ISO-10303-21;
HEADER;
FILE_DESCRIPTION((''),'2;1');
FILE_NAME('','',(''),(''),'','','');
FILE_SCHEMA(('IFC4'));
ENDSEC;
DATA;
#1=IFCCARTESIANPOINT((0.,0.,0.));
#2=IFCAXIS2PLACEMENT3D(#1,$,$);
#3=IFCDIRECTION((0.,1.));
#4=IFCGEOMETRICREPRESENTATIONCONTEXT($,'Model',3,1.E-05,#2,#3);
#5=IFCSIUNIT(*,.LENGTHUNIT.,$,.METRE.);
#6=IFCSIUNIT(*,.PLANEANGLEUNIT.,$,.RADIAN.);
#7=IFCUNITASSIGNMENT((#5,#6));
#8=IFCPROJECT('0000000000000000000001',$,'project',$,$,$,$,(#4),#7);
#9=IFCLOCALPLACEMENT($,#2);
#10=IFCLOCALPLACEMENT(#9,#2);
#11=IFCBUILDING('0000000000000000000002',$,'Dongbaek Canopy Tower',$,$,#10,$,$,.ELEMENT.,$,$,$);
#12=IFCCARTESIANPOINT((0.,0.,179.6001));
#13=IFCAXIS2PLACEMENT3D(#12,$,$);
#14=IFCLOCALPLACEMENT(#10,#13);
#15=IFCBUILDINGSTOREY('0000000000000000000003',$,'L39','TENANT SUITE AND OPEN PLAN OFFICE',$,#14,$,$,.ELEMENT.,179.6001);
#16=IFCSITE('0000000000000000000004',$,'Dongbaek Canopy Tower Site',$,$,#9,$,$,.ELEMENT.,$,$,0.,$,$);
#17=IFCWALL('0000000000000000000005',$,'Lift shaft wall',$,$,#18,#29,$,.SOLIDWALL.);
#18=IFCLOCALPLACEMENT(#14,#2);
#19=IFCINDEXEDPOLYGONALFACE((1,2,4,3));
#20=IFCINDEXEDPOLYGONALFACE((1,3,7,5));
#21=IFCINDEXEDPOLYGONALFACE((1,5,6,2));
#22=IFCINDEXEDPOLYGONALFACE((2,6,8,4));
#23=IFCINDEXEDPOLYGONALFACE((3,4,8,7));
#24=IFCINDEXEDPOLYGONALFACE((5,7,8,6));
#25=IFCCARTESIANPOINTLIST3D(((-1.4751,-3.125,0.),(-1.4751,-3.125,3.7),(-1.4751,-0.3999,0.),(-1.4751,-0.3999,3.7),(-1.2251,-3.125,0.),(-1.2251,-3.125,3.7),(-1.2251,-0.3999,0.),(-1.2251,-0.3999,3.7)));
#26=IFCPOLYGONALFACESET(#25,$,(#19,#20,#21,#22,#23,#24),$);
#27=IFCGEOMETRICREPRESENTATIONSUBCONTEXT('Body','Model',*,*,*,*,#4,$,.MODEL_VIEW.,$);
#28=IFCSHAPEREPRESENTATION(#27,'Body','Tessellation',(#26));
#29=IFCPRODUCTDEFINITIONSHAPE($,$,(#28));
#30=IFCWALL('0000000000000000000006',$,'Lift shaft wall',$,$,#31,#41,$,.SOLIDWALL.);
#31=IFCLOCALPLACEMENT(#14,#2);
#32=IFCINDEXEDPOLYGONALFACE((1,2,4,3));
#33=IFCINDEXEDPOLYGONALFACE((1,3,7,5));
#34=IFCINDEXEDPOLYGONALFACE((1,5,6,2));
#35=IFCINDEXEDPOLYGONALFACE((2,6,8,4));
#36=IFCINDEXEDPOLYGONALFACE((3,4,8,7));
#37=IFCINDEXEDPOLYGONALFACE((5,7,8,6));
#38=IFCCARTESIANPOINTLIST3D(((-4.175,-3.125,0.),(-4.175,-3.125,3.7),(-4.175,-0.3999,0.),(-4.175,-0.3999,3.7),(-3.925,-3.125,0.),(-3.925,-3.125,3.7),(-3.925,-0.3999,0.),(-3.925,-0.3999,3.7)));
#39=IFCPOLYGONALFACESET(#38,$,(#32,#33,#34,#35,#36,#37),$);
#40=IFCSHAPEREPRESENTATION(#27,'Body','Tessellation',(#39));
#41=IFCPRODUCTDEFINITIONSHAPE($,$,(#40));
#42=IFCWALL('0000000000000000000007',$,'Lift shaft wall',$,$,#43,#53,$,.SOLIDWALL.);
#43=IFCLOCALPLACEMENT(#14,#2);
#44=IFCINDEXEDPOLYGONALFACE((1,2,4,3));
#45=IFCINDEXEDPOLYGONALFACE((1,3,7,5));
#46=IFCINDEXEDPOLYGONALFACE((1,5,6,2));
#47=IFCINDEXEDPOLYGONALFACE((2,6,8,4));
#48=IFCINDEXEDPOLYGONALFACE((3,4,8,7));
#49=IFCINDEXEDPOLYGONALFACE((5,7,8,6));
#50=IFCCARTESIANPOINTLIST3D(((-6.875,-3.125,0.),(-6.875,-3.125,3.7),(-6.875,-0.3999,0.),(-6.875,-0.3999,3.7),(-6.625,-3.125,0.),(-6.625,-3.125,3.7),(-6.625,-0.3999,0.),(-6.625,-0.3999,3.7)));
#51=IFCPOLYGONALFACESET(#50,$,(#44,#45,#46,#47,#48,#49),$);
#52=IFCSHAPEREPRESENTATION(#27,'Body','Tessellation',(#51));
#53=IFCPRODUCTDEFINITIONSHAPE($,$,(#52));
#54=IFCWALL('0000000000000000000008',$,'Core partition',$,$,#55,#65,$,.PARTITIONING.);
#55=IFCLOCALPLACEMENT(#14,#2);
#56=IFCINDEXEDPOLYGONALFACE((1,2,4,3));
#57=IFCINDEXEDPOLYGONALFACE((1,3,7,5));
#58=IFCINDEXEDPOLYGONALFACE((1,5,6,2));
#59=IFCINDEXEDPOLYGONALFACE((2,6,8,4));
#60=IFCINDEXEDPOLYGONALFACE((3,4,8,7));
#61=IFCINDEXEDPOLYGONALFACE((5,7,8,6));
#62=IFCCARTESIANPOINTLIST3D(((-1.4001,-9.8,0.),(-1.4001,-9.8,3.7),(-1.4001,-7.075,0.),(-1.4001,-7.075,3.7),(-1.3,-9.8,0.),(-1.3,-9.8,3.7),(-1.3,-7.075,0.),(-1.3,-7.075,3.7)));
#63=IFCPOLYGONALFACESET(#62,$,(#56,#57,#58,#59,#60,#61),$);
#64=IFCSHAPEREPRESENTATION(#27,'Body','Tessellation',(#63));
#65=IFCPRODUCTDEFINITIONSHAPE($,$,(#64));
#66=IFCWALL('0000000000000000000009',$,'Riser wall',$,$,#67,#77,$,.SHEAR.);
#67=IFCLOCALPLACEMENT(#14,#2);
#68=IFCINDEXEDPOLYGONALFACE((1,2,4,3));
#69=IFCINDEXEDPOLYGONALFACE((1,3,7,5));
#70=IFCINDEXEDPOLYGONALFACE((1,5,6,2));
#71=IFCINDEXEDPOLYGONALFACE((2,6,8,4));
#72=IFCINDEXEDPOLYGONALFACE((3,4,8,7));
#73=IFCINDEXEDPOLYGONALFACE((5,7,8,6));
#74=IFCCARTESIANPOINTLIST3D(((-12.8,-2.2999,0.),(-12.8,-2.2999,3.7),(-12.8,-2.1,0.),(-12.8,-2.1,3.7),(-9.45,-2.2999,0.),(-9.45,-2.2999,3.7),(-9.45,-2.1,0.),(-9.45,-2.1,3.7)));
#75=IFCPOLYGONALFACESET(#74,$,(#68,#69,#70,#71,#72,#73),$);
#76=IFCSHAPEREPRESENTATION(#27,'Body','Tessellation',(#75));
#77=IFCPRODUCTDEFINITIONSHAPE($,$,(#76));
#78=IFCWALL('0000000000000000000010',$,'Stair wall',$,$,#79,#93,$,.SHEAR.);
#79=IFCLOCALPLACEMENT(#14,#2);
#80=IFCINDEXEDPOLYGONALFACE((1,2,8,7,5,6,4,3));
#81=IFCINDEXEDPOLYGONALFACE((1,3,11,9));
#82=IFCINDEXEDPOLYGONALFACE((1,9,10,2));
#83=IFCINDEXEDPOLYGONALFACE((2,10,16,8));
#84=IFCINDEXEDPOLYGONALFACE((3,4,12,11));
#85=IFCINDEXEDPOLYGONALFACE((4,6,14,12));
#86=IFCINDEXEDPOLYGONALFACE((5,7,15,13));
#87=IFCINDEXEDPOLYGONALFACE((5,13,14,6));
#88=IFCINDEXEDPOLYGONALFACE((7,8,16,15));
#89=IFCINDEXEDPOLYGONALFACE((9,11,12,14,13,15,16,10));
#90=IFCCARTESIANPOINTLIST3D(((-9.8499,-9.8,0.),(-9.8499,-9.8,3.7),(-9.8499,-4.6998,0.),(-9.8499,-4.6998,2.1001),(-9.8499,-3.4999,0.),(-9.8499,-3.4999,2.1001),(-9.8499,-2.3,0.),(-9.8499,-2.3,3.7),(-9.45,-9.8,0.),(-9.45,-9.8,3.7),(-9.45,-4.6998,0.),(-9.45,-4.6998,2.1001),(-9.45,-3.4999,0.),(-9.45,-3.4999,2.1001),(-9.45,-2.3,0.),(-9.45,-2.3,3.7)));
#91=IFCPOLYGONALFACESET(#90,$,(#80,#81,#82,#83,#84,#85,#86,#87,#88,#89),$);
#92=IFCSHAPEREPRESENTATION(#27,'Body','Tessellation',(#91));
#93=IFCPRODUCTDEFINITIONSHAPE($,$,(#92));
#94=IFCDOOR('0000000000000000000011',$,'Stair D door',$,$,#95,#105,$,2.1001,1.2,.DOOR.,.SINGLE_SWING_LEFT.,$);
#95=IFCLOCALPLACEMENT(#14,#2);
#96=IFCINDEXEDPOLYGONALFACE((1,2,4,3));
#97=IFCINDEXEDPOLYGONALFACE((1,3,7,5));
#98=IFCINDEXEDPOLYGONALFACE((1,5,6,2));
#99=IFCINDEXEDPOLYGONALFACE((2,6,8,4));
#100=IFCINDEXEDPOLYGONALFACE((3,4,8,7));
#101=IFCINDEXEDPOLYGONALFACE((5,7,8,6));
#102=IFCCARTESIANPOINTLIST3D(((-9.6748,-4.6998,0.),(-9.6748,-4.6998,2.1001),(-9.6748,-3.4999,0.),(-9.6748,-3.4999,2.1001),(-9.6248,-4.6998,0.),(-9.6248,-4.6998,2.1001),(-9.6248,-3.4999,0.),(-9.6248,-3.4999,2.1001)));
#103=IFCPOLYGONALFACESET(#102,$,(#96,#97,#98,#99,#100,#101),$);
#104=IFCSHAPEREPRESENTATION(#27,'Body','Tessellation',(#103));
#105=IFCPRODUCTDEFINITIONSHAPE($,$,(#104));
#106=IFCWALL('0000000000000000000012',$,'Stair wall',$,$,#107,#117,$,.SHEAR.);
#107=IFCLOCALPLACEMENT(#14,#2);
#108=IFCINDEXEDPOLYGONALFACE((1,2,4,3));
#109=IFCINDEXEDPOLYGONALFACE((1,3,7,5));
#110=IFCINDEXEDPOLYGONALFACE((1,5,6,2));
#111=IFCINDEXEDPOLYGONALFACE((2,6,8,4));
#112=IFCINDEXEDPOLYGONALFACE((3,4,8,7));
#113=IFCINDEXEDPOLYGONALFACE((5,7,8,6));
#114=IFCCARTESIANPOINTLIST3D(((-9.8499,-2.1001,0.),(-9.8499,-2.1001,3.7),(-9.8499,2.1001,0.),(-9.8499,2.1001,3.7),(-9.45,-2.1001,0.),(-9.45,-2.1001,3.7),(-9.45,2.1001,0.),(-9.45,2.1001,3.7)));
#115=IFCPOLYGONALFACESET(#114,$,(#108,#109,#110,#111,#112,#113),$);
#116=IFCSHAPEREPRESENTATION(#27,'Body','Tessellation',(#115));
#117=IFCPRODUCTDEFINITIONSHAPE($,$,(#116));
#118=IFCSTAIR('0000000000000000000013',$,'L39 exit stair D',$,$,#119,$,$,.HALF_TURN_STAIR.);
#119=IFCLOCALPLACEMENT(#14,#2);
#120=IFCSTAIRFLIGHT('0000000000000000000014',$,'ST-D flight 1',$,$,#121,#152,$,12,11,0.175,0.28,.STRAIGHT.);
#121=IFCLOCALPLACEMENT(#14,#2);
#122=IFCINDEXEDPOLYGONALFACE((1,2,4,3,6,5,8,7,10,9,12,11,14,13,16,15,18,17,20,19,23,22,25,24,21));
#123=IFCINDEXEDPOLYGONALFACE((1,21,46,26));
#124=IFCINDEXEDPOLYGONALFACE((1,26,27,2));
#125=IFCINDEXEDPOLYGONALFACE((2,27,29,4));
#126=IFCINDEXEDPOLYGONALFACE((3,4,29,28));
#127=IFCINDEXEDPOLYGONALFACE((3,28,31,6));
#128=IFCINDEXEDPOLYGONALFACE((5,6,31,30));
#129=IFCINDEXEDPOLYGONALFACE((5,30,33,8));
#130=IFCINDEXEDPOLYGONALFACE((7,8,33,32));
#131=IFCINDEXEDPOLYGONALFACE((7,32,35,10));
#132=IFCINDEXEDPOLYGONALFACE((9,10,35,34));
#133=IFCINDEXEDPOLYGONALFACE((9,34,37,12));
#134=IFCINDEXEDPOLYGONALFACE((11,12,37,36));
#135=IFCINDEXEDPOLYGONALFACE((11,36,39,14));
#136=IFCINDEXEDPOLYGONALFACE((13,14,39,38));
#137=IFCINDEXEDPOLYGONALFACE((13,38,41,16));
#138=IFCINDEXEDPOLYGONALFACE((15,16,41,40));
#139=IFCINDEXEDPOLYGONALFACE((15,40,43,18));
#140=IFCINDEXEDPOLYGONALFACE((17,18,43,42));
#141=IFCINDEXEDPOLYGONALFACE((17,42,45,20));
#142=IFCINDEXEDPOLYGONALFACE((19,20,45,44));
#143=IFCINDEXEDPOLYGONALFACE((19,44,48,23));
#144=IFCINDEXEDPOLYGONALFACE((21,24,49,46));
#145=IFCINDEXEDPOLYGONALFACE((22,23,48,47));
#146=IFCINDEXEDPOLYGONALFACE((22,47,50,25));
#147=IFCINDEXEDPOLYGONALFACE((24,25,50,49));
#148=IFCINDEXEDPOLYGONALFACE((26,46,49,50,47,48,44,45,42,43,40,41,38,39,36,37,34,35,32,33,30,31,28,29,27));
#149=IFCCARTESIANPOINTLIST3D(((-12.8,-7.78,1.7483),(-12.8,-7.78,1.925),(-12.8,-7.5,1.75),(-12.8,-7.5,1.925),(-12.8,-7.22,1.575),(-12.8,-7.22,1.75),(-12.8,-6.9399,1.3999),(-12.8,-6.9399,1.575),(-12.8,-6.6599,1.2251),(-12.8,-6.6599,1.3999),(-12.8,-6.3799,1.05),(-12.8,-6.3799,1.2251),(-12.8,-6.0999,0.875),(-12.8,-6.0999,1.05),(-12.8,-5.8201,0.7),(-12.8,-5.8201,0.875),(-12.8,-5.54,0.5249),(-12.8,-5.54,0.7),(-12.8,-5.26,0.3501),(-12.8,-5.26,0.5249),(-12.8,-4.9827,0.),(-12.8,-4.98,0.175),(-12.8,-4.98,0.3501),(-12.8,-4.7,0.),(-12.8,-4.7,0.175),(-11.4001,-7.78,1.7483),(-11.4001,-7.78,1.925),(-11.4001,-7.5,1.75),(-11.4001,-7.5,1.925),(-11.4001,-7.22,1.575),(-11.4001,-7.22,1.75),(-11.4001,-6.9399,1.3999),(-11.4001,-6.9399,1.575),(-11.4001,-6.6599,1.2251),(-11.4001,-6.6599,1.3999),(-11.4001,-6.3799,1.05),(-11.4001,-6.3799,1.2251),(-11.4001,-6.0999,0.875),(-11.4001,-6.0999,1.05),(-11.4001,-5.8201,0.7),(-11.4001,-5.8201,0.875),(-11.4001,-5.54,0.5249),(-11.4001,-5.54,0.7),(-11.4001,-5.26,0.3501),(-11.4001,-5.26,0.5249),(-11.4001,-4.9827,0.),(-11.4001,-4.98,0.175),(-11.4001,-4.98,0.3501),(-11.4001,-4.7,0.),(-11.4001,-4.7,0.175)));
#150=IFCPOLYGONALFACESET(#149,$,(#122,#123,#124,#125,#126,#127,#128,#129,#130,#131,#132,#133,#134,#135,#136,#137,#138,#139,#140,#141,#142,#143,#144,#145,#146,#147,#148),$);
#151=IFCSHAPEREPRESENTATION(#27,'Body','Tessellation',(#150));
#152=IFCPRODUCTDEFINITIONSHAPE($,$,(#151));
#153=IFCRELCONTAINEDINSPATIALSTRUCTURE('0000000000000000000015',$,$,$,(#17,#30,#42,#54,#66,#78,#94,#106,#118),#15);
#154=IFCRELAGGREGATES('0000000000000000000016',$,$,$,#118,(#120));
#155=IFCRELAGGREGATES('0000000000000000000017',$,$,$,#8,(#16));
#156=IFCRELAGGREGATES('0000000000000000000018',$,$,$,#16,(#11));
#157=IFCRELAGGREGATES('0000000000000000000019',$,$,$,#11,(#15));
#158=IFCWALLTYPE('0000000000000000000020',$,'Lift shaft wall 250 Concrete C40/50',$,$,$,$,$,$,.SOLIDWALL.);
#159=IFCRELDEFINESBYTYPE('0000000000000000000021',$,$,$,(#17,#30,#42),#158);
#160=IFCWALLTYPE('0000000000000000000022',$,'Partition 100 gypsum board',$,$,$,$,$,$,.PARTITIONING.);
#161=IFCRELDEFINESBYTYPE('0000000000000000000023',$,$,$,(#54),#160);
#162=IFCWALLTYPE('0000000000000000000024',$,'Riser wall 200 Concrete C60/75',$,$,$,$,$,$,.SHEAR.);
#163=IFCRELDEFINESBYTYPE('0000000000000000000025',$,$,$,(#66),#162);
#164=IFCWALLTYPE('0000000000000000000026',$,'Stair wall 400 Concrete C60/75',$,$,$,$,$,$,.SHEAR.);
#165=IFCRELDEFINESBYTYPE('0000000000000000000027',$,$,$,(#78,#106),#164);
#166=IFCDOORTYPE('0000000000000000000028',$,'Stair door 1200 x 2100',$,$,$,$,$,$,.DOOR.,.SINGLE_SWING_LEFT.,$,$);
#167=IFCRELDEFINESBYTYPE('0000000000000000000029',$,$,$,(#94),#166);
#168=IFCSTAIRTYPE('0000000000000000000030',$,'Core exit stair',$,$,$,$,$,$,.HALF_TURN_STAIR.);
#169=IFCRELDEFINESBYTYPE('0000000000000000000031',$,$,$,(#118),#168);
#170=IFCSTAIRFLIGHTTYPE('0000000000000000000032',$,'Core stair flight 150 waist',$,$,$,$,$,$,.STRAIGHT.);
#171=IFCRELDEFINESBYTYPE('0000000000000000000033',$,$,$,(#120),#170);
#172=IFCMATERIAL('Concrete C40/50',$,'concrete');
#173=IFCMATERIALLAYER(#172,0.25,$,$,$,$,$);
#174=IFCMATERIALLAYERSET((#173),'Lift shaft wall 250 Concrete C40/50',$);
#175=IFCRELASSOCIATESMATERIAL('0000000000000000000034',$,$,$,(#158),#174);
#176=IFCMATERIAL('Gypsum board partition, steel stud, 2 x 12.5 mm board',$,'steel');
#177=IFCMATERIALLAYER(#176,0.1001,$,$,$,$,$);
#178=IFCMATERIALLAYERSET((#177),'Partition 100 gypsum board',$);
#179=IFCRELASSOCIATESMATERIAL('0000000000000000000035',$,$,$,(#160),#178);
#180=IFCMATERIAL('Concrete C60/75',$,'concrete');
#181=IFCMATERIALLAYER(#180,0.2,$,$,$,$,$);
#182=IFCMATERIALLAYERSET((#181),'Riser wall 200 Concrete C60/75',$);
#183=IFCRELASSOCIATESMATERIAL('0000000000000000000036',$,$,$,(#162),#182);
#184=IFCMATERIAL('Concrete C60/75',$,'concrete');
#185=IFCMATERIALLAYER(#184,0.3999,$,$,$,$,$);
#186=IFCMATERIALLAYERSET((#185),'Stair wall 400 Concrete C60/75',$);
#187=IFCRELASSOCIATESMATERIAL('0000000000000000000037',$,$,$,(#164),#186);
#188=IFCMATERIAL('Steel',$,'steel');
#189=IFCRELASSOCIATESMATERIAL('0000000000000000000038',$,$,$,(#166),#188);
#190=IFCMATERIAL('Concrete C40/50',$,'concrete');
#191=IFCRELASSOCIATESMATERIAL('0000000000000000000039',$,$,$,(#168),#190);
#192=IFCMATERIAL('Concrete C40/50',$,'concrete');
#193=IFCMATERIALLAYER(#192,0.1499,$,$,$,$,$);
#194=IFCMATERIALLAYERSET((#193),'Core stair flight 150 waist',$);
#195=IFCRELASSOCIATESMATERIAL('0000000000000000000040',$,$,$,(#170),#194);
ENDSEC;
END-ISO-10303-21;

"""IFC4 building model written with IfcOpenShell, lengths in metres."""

from ifc_helpers import new_model, si_unit, direction, frame, frame_2d, origin, place, context, subcontext, project, spatial, polyline, rectangle, outline, extrude, material, layer, layer_set, type_object, element, fill, aggregate, save


model = new_model("IFC4")

# Units and contexts
model_context = context("Model", 3, precision=1e-05, world=origin(), true_north=direction((0.0, 1.0)))
body_context = subcontext(model_context, "Body", "Model", "MODEL_VIEW")
ifc_project = project(units=[si_unit("LENGTHUNIT", "METRE"), si_unit("PLANEANGLEUNIT", "RADIAN")], contexts=[model_context])

# Site, building, storey
site_placement = place(None, origin())
site = spatial("IfcSite", under=ifc_project, at=site_placement, Name="Dongbaek Canopy Tower Site", CompositionType="ELEMENT", RefElevation=0.0)
building_placement = place(site_placement, origin())
building = spatial("IfcBuilding", under=site, at=building_placement, Name="Dongbaek Canopy Tower", CompositionType="ELEMENT")
storey_placement = place(building_placement, frame((0.0, 0.0, 179.6001)))
storey = spatial("IfcBuildingStorey", under=building, at=storey_placement, Name="L39", Description="TENANT SUITE AND OPEN PLAN OFFICE", CompositionType="ELEMENT", Elevation=179.6001)

# Walls
ifc_material_1 = material(Name="Concrete C40/50", Category="concrete")
ifc_layer_1 = layer(ifc_material_1, 0.25)
ifc_layer_set_1 = layer_set([ifc_layer_1], Name="Lift shaft wall 250 Concrete C40/50")
wall_type_1 = type_object("IfcWallType", Name="Lift shaft wall 250 Concrete C40/50", PredefinedType="SOLIDWALL", material=ifc_layer_set_1)
for number, where, z_axis, x_axis, name in (
    (1, (-1.3501, -3.125, 0.0), (0.0, 0.0, 1.0), (0.0, 1.0, 0.0), "Lift shaft wall"),
    (2, (-4.05, -3.125, 0.0), (0.0, 0.0, 1.0), (0.0, 1.0, 0.0), "Lift shaft wall"),
    (3, (-6.75, -3.125, 0.0), (0.0, 0.0, 1.0), (0.0, 1.0, 0.0), "Lift shaft wall"),
):
    element("IfcWall", number, at=place(storey_placement, frame(where, z_axis=z_axis, x_axis=x_axis)), inside=storey, type_object=wall_type_1, Name=name, PredefinedType="SOLIDWALL", context=body_context, shape_type="SweptSolid", body=[
        extrude(rectangle(XDim=2.7251, YDim=0.25, at=frame_2d((1.3625, 0.0))), origin(), (0.0, 0.0, 1.0), 3.7),
    ])
ifc_material_2 = material(Name="Gypsum board partition, steel stud, 2 x 12.5 mm board", Category="steel")
ifc_layer_2 = layer(ifc_material_2, 0.1001)
ifc_layer_set_2 = layer_set([ifc_layer_2], Name="Partition 100 gypsum board")
wall_type_2 = type_object("IfcWallType", Name="Partition 100 gypsum board", PredefinedType="PARTITIONING", material=ifc_layer_set_2)
wall_1_placement = place(storey_placement, frame((-1.3501, -9.8, 0.0), z_axis=(0.0, 0.0, 1.0), x_axis=(0.0, 1.0, 0.0)))
element("IfcWall", 4, at=wall_1_placement, inside=storey, type_object=wall_type_2, Name="Core partition", PredefinedType="PARTITIONING", context=body_context, shape_type="SweptSolid", body=[
    extrude(rectangle(XDim=2.7251, YDim=0.1001, at=frame_2d((1.3625, 0.0))), origin(), (0.0, 0.0, 1.0), 3.7),
])
ifc_material_3 = material(Name="Concrete C60/75", Category="concrete")
ifc_layer_3 = layer(ifc_material_3, 0.2)
ifc_layer_set_3 = layer_set([ifc_layer_3], Name="Riser wall 200 Concrete C60/75")
wall_type_3 = type_object("IfcWallType", Name="Riser wall 200 Concrete C60/75", PredefinedType="SHEAR", material=ifc_layer_set_3)
wall_2_placement = place(storey_placement, frame((-9.45, -2.2, 0.0), z_axis=(0.0, 0.0, 1.0), x_axis=(-1.0, 0.0, 0.0)))
element("IfcWall", 5, at=wall_2_placement, inside=storey, type_object=wall_type_3, Name="Riser wall", PredefinedType="SHEAR", context=body_context, shape_type="SweptSolid", body=[
    extrude(rectangle(XDim=3.3501, YDim=0.2, at=frame_2d((1.675, 0.0))), origin(), (0.0, 0.0, 1.0), 3.7),
])

# Wall, opening, door
ifc_material_4 = material(Name="Concrete C60/75", Category="concrete")
ifc_layer_4 = layer(ifc_material_4, 0.3999)
ifc_layer_set_4 = layer_set([ifc_layer_4], Name="Stair wall 400 Concrete C60/75")
wall_type_4 = type_object("IfcWallType", Name="Stair wall 400 Concrete C60/75", PredefinedType="SHEAR", material=ifc_layer_set_4)
wall_3_placement = place(storey_placement, frame((-9.6499, -9.8, 0.0), z_axis=(0.0, 0.0, 1.0), x_axis=(0.0, 1.0, 0.0)))
wall_3 = element("IfcWall", 6, at=wall_3_placement, inside=storey, type_object=wall_type_4, Name="Stair wall", PredefinedType="SHEAR", context=body_context, shape_type="SweptSolid", body=[
    extrude(rectangle(XDim=7.5, YDim=0.3999, at=frame_2d((3.75, 0.0))), origin(), (0.0, 0.0, 1.0), 3.7),
])
opening_1_placement = place(wall_3_placement, frame((5.1001, 0.0, 0.0)))
opening_1 = element("IfcOpeningElement", 7, at=opening_1_placement, cuts=wall_3, PredefinedType="OPENING", context=body_context, shape_type="SweptSolid", body=[
    extrude(rectangle(XDim=1.2, YDim=2.1001, at=frame_2d((0.6001, 1.05))), frame((0.0, 0.21, 0.0), z_axis=(0.0, -1.0, 0.0), x_axis=(1.0, 0.0, 0.0)), (0.0, 0.0, 1.0), 0.4199),
])
ifc_material_5 = material(Name="Steel", Category="steel")
door_type_1 = type_object("IfcDoorType", Name="Stair door 1200 x 2100", OperationType="SINGLE_SWING_LEFT", PredefinedType="DOOR", material=ifc_material_5)
door_1_placement = place(opening_1_placement, origin())
door_1 = element("IfcDoor", 8, at=door_1_placement, inside=storey, type_object=door_type_1, Name="Stair D door", OperationType="SINGLE_SWING_LEFT", OverallHeight=2.1001, OverallWidth=1.2, PredefinedType="DOOR", context=body_context, shape_type="SweptSolid", body=[
    extrude(rectangle(XDim=1.2, YDim=2.1001, at=frame_2d((0.6001, 1.05))), frame((0.0, 0.0249, 0.0), z_axis=(0.0, -1.0, 0.0), x_axis=(1.0, 0.0, 0.0)), (0.0, 0.0, 1.0), 0.05),
])
fill(opening_1, door_1)

# Wall
wall_4_placement = place(storey_placement, frame((-9.6499, -2.1001, 0.0), z_axis=(0.0, 0.0, 1.0), x_axis=(0.0, 1.0, 0.0)))
element("IfcWall", 9, at=wall_4_placement, inside=storey, type_object=wall_type_4, Name="Stair wall", PredefinedType="SHEAR", context=body_context, shape_type="SweptSolid", body=[
    extrude(rectangle(XDim=4.2002, YDim=0.3999, at=frame_2d((2.1001, 0.0))), origin(), (0.0, 0.0, 1.0), 3.7),
])

# Stair, stair flight
ifc_material_6 = material(Name="Concrete C40/50", Category="concrete")
stair_type = type_object("IfcStairType", Name="Core exit stair", PredefinedType="HALF_TURN_STAIR", material=ifc_material_6)
stair_placement = place(storey_placement, origin())
stair = element("IfcStair", 10, at=stair_placement, inside=storey, type_object=stair_type, Name="L39 exit stair D", PredefinedType="HALF_TURN_STAIR")
ifc_material_7 = material(Name="Concrete C40/50", Category="concrete")
ifc_layer_5 = layer(ifc_material_7, 0.1499)
ifc_layer_set_5 = layer_set([ifc_layer_5], Name="Core stair flight 150 waist")
stair_flight_type = type_object("IfcStairFlightType", Name="Core stair flight 150 waist", PredefinedType="STRAIGHT", material=ifc_layer_set_5)
stair_flight_1_placement = place(storey_placement, frame((-12.1001, -4.7, 0.0), z_axis=(0.0, 0.0, 1.0), x_axis=(0.0, -1.0, 0.0)))
stair_flight_1 = element("IfcStairFlight", 11, at=stair_flight_1_placement, type_object=stair_flight_type, Name="ST-D flight 1", NumberOfRisers=12, NumberOfTreads=11, PredefinedType="STRAIGHT", RiserHeight=0.175, TreadLength=0.28, context=body_context, shape_type="SweptSolid", body=[
    extrude(outline(polyline([(0.0, 0.0), (0.0, 0.175), (0.28, 0.175), (0.28, 0.3501), (0.5601, 0.3501), (0.5601, 0.5249), (0.8401, 0.5249), (0.8401, 0.7), (1.1201, 0.7), (1.1201, 0.875), (1.3999, 0.875), (1.3999, 1.05), (1.6799, 1.05), (1.6799, 1.2251), (1.96, 1.2251), (1.96, 1.3999), (2.24, 1.3999), (2.24, 1.575), (2.52, 1.575), (2.52, 1.75), (2.8, 1.75), (2.8, 1.925), (3.0801, 1.925), (3.0801, 2.1001), (3.0801, 1.7483), (0.2827, 0.0), (0.0, 0.0)])), frame((0.0, 0.7, 0.0), z_axis=(0.0, -1.0, 0.0), x_axis=(1.0, 0.0, 0.0)), (0.0, 0.0, 1.0), 1.3999),
])
aggregate(stair, [stair_flight_1])

save(model, "model.ifc")
